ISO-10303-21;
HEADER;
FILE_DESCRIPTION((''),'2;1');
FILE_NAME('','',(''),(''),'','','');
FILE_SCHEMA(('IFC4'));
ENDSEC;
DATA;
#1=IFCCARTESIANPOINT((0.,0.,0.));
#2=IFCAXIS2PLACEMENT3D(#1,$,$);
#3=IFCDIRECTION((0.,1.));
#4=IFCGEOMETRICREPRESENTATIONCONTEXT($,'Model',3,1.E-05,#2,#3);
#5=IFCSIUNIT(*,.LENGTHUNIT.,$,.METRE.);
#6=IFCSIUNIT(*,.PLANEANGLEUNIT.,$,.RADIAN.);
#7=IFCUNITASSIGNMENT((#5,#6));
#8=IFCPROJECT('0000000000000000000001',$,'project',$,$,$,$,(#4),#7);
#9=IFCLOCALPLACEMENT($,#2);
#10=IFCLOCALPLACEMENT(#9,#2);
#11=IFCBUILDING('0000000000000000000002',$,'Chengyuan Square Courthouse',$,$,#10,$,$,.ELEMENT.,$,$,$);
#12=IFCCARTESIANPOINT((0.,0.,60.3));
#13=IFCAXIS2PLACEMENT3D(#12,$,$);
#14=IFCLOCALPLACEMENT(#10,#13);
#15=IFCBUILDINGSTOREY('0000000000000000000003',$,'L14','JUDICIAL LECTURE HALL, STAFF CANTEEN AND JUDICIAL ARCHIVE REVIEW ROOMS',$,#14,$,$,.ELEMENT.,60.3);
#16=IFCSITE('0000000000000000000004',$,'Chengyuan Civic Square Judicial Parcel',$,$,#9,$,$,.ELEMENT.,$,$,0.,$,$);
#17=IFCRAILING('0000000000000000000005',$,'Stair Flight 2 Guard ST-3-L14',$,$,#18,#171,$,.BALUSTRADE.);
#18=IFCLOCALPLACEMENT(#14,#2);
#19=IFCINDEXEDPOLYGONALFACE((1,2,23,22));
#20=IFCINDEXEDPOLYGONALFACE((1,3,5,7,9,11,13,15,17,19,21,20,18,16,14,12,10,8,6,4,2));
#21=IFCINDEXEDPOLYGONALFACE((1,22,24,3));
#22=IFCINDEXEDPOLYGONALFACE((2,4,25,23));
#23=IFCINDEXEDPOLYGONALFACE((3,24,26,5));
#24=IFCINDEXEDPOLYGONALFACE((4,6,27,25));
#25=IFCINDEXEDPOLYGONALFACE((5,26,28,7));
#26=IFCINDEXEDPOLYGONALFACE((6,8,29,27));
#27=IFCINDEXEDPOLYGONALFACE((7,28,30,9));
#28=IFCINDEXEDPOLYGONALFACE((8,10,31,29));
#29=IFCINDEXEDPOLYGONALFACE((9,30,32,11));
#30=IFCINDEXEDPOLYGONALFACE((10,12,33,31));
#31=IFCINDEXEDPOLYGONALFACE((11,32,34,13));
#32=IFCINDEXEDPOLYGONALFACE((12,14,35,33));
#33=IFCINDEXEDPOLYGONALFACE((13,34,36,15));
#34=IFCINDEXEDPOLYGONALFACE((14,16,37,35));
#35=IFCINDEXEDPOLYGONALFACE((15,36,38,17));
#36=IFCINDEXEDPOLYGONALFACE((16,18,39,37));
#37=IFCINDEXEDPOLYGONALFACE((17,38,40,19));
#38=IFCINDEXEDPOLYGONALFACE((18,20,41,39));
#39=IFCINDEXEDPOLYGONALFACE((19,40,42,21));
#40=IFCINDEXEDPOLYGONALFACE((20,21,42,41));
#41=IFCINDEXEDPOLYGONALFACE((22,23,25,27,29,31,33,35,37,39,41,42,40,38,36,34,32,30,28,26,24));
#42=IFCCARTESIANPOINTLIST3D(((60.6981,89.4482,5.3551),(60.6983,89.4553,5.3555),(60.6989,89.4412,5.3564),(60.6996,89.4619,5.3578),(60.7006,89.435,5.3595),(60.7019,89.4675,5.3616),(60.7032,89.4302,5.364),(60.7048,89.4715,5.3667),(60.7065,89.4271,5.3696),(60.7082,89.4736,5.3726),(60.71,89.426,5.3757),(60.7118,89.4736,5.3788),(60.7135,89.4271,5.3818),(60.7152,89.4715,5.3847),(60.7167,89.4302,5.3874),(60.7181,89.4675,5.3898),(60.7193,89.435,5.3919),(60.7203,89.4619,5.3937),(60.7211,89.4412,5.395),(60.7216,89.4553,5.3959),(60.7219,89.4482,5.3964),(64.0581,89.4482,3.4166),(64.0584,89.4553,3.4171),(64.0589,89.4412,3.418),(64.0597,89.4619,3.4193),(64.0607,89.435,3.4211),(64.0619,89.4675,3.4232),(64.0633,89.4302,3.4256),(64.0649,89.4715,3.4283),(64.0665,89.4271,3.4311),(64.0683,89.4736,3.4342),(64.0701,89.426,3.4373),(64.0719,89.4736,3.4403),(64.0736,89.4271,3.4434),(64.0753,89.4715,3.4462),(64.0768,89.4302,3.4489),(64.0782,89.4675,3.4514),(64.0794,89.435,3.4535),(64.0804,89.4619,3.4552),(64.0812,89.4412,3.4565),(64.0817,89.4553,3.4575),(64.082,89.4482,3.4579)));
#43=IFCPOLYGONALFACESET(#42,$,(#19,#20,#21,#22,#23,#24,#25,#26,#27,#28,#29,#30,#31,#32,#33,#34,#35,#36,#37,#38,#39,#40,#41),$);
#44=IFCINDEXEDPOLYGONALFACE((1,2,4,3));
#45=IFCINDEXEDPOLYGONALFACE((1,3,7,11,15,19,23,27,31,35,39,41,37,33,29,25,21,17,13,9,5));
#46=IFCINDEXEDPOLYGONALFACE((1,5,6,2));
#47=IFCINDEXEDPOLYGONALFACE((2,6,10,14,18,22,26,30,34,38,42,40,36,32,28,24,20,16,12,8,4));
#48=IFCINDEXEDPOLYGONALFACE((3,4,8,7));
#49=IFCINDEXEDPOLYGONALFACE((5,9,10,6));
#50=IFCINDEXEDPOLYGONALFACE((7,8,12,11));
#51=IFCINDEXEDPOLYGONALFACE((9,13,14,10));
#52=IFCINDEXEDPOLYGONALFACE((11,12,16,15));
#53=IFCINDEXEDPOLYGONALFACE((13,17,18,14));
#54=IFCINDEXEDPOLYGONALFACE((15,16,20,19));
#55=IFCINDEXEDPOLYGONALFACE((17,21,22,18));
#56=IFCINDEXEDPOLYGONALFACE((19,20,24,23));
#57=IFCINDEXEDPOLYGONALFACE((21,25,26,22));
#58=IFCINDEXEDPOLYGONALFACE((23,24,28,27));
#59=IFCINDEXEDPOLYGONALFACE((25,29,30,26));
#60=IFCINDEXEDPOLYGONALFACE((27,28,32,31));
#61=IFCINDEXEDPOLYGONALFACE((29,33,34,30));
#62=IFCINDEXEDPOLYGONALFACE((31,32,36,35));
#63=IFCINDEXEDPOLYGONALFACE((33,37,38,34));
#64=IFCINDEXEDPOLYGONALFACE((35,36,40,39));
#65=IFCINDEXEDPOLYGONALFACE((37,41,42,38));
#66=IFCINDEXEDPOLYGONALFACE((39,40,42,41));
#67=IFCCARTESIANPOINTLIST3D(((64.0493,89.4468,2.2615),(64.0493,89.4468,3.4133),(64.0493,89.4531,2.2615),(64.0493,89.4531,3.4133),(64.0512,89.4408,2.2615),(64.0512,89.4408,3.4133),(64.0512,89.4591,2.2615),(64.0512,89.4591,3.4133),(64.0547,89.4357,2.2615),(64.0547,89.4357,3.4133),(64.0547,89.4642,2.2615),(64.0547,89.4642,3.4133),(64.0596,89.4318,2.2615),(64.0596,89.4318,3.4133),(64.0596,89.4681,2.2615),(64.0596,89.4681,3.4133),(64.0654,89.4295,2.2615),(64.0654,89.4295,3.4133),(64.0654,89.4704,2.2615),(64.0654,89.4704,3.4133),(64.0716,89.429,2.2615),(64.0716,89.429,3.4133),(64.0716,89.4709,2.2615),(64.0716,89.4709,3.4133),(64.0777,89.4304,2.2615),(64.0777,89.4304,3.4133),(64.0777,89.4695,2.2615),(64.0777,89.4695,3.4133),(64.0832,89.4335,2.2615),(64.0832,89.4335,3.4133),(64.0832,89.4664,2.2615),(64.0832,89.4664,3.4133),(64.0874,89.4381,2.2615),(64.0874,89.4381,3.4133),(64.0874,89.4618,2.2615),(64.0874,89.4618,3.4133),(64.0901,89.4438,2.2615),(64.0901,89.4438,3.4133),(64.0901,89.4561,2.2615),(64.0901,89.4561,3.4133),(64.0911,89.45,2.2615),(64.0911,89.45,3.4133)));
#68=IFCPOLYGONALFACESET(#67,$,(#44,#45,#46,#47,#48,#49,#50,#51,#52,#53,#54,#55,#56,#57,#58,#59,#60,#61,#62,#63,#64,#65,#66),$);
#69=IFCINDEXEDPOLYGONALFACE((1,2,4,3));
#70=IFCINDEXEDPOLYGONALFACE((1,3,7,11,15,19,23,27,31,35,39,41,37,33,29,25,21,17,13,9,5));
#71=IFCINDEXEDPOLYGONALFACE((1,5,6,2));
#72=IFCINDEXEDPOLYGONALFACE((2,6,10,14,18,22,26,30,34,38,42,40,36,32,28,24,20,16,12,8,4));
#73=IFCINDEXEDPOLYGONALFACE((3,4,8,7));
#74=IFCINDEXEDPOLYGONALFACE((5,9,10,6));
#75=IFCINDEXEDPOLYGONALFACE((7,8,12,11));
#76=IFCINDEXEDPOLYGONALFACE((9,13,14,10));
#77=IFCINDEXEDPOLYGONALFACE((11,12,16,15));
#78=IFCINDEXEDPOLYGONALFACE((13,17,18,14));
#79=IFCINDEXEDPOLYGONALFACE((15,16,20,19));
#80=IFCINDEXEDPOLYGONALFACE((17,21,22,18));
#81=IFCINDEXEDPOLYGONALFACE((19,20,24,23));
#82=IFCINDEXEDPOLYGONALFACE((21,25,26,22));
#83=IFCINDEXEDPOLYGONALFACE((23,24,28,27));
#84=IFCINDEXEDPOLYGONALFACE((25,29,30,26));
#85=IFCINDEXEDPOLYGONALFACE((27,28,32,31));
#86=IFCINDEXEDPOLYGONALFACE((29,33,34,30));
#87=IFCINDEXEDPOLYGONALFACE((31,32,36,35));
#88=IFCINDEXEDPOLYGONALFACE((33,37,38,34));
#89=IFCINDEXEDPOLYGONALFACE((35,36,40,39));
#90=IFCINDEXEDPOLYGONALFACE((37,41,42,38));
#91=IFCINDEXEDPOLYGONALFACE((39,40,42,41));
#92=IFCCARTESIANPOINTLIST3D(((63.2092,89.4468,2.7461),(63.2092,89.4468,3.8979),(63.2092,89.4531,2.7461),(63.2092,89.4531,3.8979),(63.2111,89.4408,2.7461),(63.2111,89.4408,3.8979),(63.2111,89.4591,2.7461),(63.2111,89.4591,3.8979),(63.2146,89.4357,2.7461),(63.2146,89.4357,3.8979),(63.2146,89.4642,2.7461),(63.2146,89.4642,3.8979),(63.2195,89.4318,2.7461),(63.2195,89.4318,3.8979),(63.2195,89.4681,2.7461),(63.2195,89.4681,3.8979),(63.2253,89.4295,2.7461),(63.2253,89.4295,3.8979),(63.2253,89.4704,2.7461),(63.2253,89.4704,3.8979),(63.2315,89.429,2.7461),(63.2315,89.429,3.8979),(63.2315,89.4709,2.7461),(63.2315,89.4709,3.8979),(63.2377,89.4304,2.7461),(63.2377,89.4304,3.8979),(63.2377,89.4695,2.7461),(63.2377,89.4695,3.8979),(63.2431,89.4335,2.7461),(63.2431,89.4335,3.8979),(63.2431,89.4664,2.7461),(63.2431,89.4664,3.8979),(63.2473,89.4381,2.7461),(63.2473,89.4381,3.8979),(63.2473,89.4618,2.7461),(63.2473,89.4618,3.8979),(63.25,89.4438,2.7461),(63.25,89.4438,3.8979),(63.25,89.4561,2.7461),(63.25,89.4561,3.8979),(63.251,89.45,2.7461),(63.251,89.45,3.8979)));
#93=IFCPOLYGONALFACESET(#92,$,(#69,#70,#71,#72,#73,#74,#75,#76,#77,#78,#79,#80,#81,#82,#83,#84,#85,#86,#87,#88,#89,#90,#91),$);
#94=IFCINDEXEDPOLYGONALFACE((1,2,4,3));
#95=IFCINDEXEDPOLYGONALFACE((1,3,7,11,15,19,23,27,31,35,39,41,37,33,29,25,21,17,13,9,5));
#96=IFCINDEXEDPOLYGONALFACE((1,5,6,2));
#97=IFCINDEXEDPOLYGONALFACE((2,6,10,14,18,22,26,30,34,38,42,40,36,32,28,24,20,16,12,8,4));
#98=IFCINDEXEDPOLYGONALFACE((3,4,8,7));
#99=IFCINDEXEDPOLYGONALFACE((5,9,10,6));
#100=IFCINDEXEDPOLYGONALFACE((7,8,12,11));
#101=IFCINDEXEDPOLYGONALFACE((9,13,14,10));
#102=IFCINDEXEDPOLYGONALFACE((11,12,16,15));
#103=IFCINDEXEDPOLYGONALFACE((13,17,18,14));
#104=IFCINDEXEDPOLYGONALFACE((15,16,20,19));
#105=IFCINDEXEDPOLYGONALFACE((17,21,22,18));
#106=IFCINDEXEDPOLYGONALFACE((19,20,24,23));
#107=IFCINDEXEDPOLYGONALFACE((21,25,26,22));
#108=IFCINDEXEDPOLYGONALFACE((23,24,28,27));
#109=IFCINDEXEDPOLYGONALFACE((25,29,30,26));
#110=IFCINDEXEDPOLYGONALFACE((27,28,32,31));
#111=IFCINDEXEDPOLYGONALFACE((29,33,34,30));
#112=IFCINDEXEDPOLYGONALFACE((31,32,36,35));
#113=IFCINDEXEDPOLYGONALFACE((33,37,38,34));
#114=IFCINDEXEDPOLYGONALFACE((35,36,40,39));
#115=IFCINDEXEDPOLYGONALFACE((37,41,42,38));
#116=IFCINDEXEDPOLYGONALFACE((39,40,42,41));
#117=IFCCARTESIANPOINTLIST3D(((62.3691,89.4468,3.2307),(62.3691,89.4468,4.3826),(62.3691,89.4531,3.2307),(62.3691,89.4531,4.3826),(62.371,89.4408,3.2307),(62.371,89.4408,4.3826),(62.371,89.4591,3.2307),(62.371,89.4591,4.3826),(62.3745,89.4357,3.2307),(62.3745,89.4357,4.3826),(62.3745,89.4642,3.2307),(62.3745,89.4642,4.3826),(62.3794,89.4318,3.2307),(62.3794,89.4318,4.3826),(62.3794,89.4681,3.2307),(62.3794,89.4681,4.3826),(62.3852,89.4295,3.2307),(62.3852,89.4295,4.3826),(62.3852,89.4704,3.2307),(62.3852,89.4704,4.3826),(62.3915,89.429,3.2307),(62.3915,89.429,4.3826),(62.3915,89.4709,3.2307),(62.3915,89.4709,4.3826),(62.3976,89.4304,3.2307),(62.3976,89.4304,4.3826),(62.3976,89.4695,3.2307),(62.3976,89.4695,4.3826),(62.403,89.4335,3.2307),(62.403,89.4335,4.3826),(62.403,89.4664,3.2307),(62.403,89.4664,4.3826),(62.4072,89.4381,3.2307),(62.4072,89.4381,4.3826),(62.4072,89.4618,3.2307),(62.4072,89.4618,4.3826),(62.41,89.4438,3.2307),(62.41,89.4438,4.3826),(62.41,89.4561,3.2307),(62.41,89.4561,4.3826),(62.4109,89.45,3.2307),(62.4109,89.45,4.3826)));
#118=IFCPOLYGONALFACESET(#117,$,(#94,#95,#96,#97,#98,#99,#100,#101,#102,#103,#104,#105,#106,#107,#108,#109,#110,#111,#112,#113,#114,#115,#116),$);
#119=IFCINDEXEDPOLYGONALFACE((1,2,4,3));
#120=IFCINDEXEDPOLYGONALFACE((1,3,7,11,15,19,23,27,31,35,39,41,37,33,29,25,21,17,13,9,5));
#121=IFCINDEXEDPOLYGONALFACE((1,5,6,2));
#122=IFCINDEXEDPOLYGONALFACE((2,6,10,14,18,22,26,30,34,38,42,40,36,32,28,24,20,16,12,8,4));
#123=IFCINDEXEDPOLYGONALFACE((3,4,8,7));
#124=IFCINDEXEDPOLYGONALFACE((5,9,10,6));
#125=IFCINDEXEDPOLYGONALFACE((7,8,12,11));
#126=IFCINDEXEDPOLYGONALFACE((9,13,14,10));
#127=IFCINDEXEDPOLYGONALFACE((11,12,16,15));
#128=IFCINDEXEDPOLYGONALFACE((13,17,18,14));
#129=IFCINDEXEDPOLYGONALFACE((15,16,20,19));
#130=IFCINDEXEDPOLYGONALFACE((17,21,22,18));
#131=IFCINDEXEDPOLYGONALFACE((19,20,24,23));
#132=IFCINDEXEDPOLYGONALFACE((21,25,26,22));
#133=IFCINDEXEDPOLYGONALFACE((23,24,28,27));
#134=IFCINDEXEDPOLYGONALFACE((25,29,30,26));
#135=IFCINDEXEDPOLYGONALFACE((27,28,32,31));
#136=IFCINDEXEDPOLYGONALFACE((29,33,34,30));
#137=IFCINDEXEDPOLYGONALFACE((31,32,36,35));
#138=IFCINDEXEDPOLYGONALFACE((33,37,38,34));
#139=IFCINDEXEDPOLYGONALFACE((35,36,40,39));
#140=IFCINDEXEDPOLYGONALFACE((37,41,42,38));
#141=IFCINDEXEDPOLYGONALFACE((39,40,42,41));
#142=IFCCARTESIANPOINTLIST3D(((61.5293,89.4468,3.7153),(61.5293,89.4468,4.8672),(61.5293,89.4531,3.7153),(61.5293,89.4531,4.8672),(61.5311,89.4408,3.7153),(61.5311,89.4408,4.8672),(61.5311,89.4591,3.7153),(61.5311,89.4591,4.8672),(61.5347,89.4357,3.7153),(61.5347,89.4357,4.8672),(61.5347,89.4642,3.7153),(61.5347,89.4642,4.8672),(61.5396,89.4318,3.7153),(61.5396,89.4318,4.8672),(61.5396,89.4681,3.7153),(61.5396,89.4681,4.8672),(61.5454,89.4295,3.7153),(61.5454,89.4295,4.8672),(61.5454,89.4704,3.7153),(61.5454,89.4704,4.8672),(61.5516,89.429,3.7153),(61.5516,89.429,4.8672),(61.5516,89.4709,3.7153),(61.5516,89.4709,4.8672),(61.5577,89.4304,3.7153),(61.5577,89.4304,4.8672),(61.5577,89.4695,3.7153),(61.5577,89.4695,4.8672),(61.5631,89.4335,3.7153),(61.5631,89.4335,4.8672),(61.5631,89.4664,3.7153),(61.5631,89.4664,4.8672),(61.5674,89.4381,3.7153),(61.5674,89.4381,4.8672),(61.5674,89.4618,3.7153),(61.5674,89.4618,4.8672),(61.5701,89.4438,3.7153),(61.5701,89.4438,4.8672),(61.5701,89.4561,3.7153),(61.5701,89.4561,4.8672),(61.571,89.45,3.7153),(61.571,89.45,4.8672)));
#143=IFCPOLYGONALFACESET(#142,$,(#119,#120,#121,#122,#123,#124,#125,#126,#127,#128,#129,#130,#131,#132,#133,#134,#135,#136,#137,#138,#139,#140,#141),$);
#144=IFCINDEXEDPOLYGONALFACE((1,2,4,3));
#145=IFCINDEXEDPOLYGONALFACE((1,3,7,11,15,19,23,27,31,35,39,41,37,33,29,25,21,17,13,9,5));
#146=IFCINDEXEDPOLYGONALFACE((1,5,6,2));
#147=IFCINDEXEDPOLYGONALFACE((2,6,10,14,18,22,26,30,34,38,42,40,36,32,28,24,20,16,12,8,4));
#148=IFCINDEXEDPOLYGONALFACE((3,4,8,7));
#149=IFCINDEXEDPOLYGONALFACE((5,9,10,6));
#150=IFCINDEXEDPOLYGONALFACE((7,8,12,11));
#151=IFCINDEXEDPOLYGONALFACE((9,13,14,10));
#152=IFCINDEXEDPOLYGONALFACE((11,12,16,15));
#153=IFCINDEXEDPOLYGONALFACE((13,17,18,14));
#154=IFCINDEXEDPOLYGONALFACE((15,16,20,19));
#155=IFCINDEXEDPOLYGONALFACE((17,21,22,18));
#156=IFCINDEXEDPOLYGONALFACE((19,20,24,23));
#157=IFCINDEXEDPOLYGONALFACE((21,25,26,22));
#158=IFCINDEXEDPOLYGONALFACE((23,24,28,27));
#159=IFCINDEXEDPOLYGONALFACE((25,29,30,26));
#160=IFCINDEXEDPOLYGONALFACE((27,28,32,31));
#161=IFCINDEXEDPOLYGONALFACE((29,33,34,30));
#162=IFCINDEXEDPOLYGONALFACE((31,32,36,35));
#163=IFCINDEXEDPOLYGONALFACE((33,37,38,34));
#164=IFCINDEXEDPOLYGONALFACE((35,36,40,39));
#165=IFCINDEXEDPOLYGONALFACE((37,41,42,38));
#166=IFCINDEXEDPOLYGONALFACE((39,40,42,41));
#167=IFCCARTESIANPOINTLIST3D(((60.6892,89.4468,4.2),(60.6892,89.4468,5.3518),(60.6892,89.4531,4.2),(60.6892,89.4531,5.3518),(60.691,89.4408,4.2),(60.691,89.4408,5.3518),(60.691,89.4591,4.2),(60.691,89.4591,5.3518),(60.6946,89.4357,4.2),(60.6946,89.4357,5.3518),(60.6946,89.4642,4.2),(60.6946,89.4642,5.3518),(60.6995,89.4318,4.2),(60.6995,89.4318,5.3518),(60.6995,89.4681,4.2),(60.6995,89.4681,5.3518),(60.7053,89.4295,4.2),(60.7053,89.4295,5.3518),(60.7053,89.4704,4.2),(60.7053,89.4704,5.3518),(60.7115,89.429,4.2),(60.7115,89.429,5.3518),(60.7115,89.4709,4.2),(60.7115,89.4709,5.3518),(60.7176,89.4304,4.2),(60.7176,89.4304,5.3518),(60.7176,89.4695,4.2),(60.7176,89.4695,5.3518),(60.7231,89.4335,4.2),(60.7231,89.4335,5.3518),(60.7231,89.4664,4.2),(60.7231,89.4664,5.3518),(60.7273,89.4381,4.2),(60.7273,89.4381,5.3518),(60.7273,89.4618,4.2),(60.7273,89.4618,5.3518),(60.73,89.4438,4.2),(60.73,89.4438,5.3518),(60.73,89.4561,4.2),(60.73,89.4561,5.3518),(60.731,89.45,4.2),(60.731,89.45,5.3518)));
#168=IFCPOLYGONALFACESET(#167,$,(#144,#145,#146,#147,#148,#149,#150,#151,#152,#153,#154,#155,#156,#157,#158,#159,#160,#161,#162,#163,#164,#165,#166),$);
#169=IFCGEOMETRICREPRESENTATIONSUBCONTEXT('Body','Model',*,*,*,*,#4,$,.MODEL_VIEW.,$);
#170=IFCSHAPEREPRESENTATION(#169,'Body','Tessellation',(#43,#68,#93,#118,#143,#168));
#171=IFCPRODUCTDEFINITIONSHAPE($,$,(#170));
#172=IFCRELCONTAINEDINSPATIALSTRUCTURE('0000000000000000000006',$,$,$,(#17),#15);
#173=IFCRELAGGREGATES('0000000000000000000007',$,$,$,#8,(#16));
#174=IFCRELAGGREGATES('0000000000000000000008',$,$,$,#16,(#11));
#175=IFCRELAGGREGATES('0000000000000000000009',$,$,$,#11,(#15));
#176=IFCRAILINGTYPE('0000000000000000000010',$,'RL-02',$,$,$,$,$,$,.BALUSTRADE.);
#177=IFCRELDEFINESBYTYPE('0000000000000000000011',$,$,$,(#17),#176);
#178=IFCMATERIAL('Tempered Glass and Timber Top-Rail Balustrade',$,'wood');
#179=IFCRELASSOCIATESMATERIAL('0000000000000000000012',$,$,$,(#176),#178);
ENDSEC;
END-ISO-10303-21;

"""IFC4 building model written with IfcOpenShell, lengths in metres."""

from ifc_helpers import new_model, si_unit, direction, frame, origin, origin_2d, place, context, subcontext, project, spatial, circle, extrude, material, type_object, element, save


model = new_model("IFC4")

# Units and contexts
model_context = context("Model", 3, precision=1e-05, world=origin(), true_north=direction((0.0, 1.0)))
body_context = subcontext(model_context, "Body", "Model", "MODEL_VIEW")
ifc_project = project(units=[si_unit("LENGTHUNIT", "METRE"), si_unit("PLANEANGLEUNIT", "RADIAN")], contexts=[model_context])

# Site, building, storey
site_placement = place(None, origin())
site = spatial("IfcSite", under=ifc_project, at=site_placement, Name="Chengyuan Civic Square Judicial Parcel", CompositionType="ELEMENT", RefElevation=0.0)
building_placement = place(site_placement, origin())
building = spatial("IfcBuilding", under=site, at=building_placement, Name="Chengyuan Square Courthouse", CompositionType="ELEMENT")
storey_placement = place(building_placement, frame((0.0, 0.0, 60.3)))
storey = spatial("IfcBuildingStorey", under=building, at=storey_placement, Name="L14", Description="JUDICIAL LECTURE HALL, STAFF CANTEEN AND JUDICIAL ARCHIVE REVIEW ROOMS", CompositionType="ELEMENT", Elevation=60.3)

# Railing
ifc_material_1 = material(Name="Tempered Glass and Timber Top-Rail Balustrade", Category="wood")
railing_type_1 = type_object("IfcRailingType", Name="RL-02", PredefinedType="BALUSTRADE", material=ifc_material_1)
railing_1_placement = place(storey_placement, frame((64.0701, 89.45, 2.2615)))
element("IfcRailing", 1, at=railing_1_placement, inside=storey, type_object=railing_type_1, Name="Stair Flight 2 Guard ST-3-L14", PredefinedType="BALUSTRADE", context=body_context, shape_type="SweptSolid", body=[
    extrude(circle(Radius=0.0239, at=origin_2d()), frame((0.0, 0.0, 1.1758), z_axis=(-0.866191, 0.0, 0.499713), x_axis=(0.0, -1.0, 0.0)), (0.0, 0.0, 1.0), 3.8792),
    extrude(circle(Radius=0.021, at=origin_2d()), origin(), (0.0, 0.0, 1.0), 1.1519),
    extrude(circle(Radius=0.021, at=origin_2d()), frame((-0.8401, 0.0, 0.4846)), (0.0, 0.0, 1.0), 1.1519),
    extrude(circle(Radius=0.021, at=origin_2d()), frame((-1.6802, 0.0, 0.9692)), (0.0, 0.0, 1.0), 1.1519),
    extrude(circle(Radius=0.021, at=origin_2d()), frame((-2.52, 0.0, 1.4539)), (0.0, 0.0, 1.0), 1.1519),
    extrude(circle(Radius=0.021, at=origin_2d()), frame((-3.3601, 0.0, 1.9385)), (0.0, 0.0, 1.0), 1.1519),
])

save(model, "model.ifc")
